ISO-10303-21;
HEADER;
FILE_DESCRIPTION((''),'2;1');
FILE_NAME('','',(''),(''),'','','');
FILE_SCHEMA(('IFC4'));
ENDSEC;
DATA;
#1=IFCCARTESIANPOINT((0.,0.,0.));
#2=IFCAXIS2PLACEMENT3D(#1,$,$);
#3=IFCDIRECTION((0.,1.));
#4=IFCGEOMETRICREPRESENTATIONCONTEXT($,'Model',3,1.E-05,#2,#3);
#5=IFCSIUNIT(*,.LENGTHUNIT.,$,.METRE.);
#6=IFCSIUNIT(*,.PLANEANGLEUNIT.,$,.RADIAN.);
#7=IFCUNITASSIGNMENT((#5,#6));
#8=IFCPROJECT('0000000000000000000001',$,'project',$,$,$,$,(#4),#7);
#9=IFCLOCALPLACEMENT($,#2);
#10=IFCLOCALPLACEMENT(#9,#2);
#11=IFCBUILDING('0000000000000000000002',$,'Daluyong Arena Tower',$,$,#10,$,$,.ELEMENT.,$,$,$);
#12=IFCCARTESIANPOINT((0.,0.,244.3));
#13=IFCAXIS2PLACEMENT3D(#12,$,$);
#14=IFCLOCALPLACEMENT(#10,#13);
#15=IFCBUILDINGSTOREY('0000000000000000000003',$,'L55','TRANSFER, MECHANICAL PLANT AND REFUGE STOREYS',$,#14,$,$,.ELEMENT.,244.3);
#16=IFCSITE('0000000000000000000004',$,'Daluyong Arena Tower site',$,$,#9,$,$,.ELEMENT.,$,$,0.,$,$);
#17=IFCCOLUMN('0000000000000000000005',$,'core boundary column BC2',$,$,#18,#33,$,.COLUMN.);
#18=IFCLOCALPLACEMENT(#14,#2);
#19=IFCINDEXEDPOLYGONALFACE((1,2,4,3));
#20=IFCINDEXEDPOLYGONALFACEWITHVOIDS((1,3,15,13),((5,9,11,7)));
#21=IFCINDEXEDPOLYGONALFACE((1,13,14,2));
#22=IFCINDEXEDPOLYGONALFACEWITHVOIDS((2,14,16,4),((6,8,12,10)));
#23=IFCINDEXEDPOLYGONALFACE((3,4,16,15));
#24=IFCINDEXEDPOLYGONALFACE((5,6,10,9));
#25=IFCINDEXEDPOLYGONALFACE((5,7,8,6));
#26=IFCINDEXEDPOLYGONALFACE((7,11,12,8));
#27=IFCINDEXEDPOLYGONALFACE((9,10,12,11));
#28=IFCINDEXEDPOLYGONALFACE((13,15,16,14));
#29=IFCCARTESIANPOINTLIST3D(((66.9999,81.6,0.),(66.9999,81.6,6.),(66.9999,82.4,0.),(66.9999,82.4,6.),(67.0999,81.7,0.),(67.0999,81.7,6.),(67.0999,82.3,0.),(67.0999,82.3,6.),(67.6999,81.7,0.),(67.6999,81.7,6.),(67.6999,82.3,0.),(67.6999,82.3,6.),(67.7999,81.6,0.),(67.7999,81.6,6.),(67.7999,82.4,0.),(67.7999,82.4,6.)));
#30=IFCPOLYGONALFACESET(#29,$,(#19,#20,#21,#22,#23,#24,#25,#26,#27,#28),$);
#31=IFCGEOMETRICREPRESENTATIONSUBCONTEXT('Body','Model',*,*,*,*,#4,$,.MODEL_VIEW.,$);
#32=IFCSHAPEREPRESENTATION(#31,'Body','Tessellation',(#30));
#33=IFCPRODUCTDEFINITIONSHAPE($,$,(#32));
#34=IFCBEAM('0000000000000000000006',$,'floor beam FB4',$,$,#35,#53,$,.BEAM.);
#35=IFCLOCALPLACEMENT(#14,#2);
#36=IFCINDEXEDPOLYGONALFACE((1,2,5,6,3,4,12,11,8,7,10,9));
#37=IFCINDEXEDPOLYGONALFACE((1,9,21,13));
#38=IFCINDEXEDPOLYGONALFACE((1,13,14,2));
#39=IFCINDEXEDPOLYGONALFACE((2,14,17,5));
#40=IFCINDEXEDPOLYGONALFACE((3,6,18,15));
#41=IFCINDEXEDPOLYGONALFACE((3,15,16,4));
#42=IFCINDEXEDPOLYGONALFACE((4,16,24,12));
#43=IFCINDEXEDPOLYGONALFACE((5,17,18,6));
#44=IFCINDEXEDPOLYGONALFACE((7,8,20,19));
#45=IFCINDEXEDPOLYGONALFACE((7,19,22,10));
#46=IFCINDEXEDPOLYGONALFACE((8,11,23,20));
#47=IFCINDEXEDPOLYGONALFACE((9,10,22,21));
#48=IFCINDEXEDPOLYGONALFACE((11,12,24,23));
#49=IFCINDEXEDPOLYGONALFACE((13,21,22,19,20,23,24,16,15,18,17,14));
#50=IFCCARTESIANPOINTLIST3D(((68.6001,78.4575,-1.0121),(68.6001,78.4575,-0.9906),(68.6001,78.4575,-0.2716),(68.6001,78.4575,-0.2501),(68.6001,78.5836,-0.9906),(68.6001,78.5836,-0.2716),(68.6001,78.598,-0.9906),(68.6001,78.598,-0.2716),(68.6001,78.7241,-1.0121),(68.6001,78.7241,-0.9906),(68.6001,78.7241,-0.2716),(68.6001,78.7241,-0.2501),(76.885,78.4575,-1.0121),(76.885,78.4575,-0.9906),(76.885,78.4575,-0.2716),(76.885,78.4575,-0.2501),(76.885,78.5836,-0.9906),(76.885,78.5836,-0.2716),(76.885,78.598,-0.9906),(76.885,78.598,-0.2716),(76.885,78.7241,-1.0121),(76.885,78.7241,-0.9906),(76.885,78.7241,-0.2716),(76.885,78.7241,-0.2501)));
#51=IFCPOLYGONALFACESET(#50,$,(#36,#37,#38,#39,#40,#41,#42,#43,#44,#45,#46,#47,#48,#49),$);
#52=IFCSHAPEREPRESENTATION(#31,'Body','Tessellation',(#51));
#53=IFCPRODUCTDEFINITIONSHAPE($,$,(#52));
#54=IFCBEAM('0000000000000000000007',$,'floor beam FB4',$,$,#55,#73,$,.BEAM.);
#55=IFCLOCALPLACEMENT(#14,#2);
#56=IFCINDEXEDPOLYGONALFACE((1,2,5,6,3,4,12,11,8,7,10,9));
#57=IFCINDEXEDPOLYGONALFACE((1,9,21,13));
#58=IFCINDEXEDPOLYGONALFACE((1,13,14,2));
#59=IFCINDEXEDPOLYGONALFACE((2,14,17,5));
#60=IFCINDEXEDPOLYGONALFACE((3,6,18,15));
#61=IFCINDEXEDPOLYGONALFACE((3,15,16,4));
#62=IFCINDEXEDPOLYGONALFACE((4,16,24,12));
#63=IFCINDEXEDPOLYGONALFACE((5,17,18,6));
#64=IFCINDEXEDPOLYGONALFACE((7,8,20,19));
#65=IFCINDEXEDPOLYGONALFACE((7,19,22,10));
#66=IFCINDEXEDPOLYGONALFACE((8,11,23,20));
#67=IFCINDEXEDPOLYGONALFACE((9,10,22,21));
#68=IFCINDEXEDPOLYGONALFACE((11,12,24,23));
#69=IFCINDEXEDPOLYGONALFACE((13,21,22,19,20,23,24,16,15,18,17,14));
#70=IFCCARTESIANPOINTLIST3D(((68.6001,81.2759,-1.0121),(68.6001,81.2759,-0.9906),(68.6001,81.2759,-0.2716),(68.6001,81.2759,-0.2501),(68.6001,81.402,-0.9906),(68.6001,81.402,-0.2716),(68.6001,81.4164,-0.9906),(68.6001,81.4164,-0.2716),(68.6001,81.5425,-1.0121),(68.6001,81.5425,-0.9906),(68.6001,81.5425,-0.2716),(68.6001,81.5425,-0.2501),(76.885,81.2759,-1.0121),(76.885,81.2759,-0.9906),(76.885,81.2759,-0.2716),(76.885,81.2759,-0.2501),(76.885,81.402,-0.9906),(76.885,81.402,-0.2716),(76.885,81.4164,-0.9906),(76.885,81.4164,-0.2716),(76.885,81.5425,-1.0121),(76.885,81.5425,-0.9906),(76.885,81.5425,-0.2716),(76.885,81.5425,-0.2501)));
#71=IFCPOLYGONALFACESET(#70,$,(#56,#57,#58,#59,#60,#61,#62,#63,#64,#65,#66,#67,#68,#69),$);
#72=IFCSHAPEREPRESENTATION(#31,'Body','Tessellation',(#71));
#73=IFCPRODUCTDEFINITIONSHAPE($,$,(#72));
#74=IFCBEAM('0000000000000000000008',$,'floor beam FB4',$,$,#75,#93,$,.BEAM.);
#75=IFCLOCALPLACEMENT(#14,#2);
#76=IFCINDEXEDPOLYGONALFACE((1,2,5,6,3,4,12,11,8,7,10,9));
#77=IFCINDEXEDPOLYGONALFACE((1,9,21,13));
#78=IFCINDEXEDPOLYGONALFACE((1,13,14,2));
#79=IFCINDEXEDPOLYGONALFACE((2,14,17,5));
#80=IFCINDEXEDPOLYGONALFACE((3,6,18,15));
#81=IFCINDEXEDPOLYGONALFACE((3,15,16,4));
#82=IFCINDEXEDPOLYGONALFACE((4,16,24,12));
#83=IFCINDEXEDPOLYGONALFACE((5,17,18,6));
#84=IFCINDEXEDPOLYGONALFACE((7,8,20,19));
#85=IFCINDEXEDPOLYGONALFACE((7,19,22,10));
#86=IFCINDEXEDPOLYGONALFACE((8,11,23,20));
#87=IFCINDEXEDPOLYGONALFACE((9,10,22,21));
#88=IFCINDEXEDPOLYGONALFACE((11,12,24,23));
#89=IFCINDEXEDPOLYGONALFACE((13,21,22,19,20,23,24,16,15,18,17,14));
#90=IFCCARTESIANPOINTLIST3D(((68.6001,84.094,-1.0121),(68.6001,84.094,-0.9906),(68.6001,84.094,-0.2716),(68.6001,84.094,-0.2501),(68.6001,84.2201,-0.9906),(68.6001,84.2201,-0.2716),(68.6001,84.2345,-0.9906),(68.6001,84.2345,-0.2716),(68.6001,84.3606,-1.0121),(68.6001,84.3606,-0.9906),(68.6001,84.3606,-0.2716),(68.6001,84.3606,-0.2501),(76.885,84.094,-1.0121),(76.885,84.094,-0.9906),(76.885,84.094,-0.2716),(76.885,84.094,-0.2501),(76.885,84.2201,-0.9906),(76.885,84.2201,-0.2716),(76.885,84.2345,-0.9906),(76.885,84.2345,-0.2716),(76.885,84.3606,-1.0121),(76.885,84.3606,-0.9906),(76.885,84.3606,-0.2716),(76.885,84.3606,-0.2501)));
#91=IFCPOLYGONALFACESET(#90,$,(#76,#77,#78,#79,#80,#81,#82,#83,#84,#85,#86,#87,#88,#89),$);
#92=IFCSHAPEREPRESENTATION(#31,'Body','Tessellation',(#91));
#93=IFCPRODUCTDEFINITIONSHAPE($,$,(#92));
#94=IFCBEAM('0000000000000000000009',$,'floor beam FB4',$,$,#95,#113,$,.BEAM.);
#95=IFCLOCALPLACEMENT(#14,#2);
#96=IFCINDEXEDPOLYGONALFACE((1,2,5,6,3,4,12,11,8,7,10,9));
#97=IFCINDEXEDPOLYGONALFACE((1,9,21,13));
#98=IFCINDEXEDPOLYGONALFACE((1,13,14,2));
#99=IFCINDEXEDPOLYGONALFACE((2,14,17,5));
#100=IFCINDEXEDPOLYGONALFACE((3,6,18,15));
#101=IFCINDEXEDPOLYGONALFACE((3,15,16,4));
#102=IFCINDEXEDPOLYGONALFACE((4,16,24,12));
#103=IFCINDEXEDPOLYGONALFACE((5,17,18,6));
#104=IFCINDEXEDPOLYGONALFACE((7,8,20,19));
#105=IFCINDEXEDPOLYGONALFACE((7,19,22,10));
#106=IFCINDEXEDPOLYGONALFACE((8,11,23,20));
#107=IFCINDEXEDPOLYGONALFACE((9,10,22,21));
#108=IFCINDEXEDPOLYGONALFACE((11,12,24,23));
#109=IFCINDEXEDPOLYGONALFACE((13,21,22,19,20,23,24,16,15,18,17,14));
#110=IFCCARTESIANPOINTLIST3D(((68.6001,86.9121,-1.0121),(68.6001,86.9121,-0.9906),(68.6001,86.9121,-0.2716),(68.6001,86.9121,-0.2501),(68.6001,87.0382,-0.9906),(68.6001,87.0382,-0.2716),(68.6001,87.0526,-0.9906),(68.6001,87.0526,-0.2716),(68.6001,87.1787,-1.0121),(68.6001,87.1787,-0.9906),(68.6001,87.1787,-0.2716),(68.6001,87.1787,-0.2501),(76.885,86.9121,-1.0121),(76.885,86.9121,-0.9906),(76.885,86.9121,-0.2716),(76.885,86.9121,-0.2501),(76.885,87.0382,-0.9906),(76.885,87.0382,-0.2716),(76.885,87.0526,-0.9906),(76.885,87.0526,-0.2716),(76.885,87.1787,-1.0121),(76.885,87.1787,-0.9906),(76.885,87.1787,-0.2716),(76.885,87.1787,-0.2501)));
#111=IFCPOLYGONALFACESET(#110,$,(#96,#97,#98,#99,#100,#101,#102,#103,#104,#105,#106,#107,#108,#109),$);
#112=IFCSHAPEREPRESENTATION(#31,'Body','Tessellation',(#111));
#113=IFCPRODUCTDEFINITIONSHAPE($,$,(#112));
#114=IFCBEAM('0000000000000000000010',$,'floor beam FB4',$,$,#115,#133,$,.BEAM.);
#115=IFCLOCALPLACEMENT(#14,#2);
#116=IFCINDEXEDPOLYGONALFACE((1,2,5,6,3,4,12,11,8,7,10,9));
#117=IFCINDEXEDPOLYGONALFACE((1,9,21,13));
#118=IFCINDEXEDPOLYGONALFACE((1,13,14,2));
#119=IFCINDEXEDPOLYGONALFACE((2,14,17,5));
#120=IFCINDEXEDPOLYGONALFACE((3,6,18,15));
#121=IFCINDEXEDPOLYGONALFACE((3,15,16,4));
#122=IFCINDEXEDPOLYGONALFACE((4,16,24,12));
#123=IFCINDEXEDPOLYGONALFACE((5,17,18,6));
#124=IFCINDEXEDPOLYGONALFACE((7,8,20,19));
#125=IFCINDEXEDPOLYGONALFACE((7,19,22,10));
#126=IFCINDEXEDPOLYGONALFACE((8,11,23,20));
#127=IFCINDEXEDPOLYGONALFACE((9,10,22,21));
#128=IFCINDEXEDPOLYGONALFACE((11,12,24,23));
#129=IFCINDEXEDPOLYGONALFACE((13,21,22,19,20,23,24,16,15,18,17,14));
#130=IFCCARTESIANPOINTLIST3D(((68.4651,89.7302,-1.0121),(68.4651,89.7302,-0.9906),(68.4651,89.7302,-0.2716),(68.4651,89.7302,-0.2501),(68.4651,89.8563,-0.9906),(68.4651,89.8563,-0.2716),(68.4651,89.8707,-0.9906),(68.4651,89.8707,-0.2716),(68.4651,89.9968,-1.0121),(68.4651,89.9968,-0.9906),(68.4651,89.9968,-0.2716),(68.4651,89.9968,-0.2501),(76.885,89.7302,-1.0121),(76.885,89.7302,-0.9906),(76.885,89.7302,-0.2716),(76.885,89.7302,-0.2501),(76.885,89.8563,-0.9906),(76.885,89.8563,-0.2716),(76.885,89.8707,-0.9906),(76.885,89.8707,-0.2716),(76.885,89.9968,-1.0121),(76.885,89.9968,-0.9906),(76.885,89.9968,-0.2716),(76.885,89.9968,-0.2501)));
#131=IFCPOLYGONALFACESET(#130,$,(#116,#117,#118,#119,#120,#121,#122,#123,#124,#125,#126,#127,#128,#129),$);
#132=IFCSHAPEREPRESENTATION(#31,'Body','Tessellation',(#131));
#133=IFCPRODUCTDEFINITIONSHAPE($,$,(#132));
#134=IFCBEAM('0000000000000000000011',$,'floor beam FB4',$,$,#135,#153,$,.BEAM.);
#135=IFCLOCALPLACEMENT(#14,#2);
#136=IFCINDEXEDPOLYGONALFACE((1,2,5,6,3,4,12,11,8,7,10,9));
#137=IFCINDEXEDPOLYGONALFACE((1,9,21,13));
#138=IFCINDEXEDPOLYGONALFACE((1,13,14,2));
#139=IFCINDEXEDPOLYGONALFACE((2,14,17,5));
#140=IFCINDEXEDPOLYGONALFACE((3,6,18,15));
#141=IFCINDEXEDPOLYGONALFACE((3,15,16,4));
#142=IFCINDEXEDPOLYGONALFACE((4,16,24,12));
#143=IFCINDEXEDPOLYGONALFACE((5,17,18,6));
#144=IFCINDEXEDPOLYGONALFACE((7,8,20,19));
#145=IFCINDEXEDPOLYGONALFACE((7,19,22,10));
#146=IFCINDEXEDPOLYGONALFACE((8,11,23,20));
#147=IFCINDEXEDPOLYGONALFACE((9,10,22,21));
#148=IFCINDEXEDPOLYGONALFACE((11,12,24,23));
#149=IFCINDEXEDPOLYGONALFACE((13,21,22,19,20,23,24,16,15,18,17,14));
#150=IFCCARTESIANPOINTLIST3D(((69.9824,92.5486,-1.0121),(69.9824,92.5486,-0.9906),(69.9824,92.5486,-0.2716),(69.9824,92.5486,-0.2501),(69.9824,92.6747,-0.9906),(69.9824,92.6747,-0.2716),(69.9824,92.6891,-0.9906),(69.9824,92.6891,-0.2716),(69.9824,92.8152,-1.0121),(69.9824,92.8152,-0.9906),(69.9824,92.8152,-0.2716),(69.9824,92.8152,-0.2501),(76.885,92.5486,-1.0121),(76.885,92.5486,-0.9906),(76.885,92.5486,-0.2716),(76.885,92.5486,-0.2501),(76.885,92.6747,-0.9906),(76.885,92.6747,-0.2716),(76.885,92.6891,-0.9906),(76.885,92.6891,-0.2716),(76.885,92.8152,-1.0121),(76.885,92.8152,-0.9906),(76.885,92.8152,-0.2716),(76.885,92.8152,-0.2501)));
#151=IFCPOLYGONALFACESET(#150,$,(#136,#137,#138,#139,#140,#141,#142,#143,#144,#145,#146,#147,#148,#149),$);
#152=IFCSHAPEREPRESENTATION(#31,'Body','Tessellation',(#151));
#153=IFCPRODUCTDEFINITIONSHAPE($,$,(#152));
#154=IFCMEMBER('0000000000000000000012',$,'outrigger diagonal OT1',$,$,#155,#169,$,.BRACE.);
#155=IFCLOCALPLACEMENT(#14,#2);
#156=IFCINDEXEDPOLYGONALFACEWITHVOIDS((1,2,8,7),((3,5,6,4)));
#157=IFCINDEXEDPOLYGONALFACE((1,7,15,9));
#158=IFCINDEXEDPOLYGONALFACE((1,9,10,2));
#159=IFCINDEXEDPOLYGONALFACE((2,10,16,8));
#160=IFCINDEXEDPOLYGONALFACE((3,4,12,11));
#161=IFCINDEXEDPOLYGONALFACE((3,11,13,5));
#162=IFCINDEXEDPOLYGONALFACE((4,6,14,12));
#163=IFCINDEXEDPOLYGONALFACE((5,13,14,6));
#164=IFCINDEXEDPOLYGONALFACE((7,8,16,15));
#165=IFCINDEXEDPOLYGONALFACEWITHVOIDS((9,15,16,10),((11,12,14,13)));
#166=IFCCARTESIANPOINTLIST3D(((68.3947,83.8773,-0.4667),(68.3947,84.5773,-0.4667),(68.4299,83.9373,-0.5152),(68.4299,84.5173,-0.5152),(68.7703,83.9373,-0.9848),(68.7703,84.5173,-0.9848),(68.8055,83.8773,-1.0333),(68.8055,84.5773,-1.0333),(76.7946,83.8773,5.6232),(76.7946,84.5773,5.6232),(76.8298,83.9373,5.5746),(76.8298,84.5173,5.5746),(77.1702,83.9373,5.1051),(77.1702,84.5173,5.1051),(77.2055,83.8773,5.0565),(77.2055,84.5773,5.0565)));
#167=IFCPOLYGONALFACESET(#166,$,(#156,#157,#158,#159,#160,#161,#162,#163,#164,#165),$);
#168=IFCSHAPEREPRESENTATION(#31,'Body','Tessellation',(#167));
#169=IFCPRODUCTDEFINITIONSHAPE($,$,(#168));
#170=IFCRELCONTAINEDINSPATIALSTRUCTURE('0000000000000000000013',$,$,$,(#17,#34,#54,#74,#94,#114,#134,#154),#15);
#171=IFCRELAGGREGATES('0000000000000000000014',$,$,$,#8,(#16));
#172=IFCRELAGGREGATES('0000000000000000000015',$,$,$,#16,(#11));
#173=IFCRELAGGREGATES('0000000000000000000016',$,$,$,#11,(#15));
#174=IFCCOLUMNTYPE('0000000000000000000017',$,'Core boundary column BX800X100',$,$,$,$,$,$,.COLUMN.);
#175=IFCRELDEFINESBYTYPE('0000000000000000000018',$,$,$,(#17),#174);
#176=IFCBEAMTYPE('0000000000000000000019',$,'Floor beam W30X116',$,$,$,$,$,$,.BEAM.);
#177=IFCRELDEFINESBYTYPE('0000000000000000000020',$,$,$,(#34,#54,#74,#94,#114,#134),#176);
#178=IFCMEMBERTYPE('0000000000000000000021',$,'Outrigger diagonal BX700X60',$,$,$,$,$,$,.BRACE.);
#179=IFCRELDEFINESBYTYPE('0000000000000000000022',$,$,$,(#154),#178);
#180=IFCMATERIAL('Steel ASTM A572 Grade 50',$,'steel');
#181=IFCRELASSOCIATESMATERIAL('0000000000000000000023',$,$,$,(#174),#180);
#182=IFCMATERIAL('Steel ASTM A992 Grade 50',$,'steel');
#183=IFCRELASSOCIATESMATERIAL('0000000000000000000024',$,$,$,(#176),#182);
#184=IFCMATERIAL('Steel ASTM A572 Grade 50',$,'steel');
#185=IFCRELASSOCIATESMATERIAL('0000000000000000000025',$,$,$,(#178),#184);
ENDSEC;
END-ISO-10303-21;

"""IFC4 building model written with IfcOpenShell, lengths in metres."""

from ifc_helpers import new_model, si_unit, direction, frame, origin, origin_2d, place, context, subcontext, project, spatial, hollow_rectangle, i_section, extrude, material, material_profile, profile_set, type_object, element, save


model = new_model("IFC4")

# Units and contexts
model_context = context("Model", 3, precision=1e-05, world=origin(), true_north=direction((0.0, 1.0)))
body_context = subcontext(model_context, "Body", "Model", "MODEL_VIEW")
ifc_project = project(units=[si_unit("LENGTHUNIT", "METRE"), si_unit("PLANEANGLEUNIT", "RADIAN")], contexts=[model_context])

# Site, building, storey
site_placement = place(None, origin())
site = spatial("IfcSite", under=ifc_project, at=site_placement, Name="Daluyong Arena Tower site", CompositionType="ELEMENT", RefElevation=0.0)
building_placement = place(site_placement, origin())
building = spatial("IfcBuilding", under=site, at=building_placement, Name="Daluyong Arena Tower", CompositionType="ELEMENT")
storey_placement = place(building_placement, frame((0.0, 0.0, 244.3)))
storey = spatial("IfcBuildingStorey", under=building, at=storey_placement, Name="L55", Description="TRANSFER, MECHANICAL PLANT AND REFUGE STOREYS", CompositionType="ELEMENT", Elevation=244.3)

# Column
ifc_material_1 = material(Name="Steel ASTM A572 Grade 50", Category="steel")
ifc_material_profile_1 = material_profile(ifc_material_1, hollow_rectangle(XDim=0.8, YDim=0.8, WallThickness=0.1, at=origin_2d()))
ifc_profile_set_1 = profile_set([ifc_material_profile_1], Name="Steel ASTM A572 Grade 50")
column_type = type_object("IfcColumnType", Name="Core boundary column BX800X100", PredefinedType="COLUMN", material=ifc_profile_set_1)
column_placement = place(storey_placement, frame((67.3999, 82.0, 0.0), z_axis=(0.0, 0.0, 1.0), x_axis=(1.0, 0.0, 0.0)))
element("IfcColumn", 1, at=column_placement, inside=storey, type_object=column_type, Name="core boundary column BC2", PredefinedType="COLUMN", context=body_context, shape_type="SweptSolid", body=[
    extrude(hollow_rectangle(XDim=0.8, YDim=0.8, WallThickness=0.1, at=origin_2d()), origin(), (0.0, 0.0, 1.0), 6.0),
])

# Beams
ifc_material_2 = material(Name="Steel ASTM A992 Grade 50", Category="steel")
ifc_material_profile_2 = material_profile(ifc_material_2, i_section(OverallWidth=0.2666, OverallDepth=0.762, WebThickness=0.0144, FlangeThickness=0.0215, at=origin_2d()))
ifc_profile_set_2 = profile_set([ifc_material_profile_2], Name="Steel ASTM A992 Grade 50")
beam_type = type_object("IfcBeamType", Name="Floor beam W30X116", PredefinedType="BEAM", material=ifc_profile_set_2)
for number, where, z_axis, x_axis, name in (
    (2, (76.885, 78.5908, -0.6311), (-1.0, 0.0, 0.0), (0.0, -1.0, 0.0), "floor beam FB4"),
    (3, (76.885, 81.4092, -0.6311), (-1.0, 0.0, 0.0), (0.0, -1.0, 0.0), "floor beam FB4"),
    (4, (76.885, 84.2273, -0.6311), (-1.0, 0.0, 0.0), (0.0, -1.0, 0.0), "floor beam FB4"),
    (5, (76.885, 87.0454, -0.6311), (-1.0, 0.0, 0.0), (0.0, -1.0, 0.0), "floor beam FB4"),
):
    element("IfcBeam", number, at=place(storey_placement, frame(where, z_axis=z_axis, x_axis=x_axis)), inside=storey, type_object=beam_type, Name=name, PredefinedType="BEAM", context=body_context, shape_type="SweptSolid", body=[
        extrude(i_section(OverallWidth=0.2666, OverallDepth=0.762, WebThickness=0.0144, FlangeThickness=0.0215, at=origin_2d()), origin(), (0.0, 0.0, 1.0), 8.2849),
    ])
beam_1_placement = place(storey_placement, frame((76.885, 89.8635, -0.6311), z_axis=(-1.0, 0.0, 0.0), x_axis=(0.0, -1.0, 0.0)))
element("IfcBeam", 6, at=beam_1_placement, inside=storey, type_object=beam_type, Name="floor beam FB4", PredefinedType="BEAM", context=body_context, shape_type="SweptSolid", body=[
    extrude(i_section(OverallWidth=0.2666, OverallDepth=0.762, WebThickness=0.0144, FlangeThickness=0.0215, at=origin_2d()), origin(), (0.0, 0.0, 1.0), 8.4199),
])
beam_2_placement = place(storey_placement, frame((76.885, 92.6819, -0.6311), z_axis=(-1.0, 0.0, 0.0), x_axis=(0.0, -1.0, 0.0)))
element("IfcBeam", 7, at=beam_2_placement, inside=storey, type_object=beam_type, Name="floor beam FB4", PredefinedType="BEAM", context=body_context, shape_type="SweptSolid", body=[
    extrude(i_section(OverallWidth=0.2666, OverallDepth=0.762, WebThickness=0.0144, FlangeThickness=0.0215, at=origin_2d()), origin(), (0.0, 0.0, 1.0), 6.9026),
])

# Member
ifc_material_3 = material(Name="Steel ASTM A572 Grade 50", Category="steel")
ifc_material_profile_3 = material_profile(ifc_material_3, hollow_rectangle(XDim=0.7, YDim=0.7, WallThickness=0.06, at=origin_2d()))
ifc_profile_set_3 = profile_set([ifc_material_profile_3], Name="Steel ASTM A572 Grade 50")
member_type = type_object("IfcMemberType", Name="Outrigger diagonal BX700X60", PredefinedType="BRACE", material=ifc_profile_set_3)
member_placement = place(storey_placement, frame((68.6001, 84.2273, -0.75), z_axis=(0.809614, 0.0, 0.586962), x_axis=(0.0, 1.0, 0.0)))
element("IfcMember", 8, at=member_placement, inside=storey, type_object=member_type, Name="outrigger diagonal OT1", PredefinedType="BRACE", context=body_context, shape_type="SweptSolid", body=[
    extrude(hollow_rectangle(XDim=0.7, YDim=0.7, WallThickness=0.06, at=origin_2d()), origin(), (0.0, 0.0, 1.0), 10.3752),
])

save(model, "model.ifc")
